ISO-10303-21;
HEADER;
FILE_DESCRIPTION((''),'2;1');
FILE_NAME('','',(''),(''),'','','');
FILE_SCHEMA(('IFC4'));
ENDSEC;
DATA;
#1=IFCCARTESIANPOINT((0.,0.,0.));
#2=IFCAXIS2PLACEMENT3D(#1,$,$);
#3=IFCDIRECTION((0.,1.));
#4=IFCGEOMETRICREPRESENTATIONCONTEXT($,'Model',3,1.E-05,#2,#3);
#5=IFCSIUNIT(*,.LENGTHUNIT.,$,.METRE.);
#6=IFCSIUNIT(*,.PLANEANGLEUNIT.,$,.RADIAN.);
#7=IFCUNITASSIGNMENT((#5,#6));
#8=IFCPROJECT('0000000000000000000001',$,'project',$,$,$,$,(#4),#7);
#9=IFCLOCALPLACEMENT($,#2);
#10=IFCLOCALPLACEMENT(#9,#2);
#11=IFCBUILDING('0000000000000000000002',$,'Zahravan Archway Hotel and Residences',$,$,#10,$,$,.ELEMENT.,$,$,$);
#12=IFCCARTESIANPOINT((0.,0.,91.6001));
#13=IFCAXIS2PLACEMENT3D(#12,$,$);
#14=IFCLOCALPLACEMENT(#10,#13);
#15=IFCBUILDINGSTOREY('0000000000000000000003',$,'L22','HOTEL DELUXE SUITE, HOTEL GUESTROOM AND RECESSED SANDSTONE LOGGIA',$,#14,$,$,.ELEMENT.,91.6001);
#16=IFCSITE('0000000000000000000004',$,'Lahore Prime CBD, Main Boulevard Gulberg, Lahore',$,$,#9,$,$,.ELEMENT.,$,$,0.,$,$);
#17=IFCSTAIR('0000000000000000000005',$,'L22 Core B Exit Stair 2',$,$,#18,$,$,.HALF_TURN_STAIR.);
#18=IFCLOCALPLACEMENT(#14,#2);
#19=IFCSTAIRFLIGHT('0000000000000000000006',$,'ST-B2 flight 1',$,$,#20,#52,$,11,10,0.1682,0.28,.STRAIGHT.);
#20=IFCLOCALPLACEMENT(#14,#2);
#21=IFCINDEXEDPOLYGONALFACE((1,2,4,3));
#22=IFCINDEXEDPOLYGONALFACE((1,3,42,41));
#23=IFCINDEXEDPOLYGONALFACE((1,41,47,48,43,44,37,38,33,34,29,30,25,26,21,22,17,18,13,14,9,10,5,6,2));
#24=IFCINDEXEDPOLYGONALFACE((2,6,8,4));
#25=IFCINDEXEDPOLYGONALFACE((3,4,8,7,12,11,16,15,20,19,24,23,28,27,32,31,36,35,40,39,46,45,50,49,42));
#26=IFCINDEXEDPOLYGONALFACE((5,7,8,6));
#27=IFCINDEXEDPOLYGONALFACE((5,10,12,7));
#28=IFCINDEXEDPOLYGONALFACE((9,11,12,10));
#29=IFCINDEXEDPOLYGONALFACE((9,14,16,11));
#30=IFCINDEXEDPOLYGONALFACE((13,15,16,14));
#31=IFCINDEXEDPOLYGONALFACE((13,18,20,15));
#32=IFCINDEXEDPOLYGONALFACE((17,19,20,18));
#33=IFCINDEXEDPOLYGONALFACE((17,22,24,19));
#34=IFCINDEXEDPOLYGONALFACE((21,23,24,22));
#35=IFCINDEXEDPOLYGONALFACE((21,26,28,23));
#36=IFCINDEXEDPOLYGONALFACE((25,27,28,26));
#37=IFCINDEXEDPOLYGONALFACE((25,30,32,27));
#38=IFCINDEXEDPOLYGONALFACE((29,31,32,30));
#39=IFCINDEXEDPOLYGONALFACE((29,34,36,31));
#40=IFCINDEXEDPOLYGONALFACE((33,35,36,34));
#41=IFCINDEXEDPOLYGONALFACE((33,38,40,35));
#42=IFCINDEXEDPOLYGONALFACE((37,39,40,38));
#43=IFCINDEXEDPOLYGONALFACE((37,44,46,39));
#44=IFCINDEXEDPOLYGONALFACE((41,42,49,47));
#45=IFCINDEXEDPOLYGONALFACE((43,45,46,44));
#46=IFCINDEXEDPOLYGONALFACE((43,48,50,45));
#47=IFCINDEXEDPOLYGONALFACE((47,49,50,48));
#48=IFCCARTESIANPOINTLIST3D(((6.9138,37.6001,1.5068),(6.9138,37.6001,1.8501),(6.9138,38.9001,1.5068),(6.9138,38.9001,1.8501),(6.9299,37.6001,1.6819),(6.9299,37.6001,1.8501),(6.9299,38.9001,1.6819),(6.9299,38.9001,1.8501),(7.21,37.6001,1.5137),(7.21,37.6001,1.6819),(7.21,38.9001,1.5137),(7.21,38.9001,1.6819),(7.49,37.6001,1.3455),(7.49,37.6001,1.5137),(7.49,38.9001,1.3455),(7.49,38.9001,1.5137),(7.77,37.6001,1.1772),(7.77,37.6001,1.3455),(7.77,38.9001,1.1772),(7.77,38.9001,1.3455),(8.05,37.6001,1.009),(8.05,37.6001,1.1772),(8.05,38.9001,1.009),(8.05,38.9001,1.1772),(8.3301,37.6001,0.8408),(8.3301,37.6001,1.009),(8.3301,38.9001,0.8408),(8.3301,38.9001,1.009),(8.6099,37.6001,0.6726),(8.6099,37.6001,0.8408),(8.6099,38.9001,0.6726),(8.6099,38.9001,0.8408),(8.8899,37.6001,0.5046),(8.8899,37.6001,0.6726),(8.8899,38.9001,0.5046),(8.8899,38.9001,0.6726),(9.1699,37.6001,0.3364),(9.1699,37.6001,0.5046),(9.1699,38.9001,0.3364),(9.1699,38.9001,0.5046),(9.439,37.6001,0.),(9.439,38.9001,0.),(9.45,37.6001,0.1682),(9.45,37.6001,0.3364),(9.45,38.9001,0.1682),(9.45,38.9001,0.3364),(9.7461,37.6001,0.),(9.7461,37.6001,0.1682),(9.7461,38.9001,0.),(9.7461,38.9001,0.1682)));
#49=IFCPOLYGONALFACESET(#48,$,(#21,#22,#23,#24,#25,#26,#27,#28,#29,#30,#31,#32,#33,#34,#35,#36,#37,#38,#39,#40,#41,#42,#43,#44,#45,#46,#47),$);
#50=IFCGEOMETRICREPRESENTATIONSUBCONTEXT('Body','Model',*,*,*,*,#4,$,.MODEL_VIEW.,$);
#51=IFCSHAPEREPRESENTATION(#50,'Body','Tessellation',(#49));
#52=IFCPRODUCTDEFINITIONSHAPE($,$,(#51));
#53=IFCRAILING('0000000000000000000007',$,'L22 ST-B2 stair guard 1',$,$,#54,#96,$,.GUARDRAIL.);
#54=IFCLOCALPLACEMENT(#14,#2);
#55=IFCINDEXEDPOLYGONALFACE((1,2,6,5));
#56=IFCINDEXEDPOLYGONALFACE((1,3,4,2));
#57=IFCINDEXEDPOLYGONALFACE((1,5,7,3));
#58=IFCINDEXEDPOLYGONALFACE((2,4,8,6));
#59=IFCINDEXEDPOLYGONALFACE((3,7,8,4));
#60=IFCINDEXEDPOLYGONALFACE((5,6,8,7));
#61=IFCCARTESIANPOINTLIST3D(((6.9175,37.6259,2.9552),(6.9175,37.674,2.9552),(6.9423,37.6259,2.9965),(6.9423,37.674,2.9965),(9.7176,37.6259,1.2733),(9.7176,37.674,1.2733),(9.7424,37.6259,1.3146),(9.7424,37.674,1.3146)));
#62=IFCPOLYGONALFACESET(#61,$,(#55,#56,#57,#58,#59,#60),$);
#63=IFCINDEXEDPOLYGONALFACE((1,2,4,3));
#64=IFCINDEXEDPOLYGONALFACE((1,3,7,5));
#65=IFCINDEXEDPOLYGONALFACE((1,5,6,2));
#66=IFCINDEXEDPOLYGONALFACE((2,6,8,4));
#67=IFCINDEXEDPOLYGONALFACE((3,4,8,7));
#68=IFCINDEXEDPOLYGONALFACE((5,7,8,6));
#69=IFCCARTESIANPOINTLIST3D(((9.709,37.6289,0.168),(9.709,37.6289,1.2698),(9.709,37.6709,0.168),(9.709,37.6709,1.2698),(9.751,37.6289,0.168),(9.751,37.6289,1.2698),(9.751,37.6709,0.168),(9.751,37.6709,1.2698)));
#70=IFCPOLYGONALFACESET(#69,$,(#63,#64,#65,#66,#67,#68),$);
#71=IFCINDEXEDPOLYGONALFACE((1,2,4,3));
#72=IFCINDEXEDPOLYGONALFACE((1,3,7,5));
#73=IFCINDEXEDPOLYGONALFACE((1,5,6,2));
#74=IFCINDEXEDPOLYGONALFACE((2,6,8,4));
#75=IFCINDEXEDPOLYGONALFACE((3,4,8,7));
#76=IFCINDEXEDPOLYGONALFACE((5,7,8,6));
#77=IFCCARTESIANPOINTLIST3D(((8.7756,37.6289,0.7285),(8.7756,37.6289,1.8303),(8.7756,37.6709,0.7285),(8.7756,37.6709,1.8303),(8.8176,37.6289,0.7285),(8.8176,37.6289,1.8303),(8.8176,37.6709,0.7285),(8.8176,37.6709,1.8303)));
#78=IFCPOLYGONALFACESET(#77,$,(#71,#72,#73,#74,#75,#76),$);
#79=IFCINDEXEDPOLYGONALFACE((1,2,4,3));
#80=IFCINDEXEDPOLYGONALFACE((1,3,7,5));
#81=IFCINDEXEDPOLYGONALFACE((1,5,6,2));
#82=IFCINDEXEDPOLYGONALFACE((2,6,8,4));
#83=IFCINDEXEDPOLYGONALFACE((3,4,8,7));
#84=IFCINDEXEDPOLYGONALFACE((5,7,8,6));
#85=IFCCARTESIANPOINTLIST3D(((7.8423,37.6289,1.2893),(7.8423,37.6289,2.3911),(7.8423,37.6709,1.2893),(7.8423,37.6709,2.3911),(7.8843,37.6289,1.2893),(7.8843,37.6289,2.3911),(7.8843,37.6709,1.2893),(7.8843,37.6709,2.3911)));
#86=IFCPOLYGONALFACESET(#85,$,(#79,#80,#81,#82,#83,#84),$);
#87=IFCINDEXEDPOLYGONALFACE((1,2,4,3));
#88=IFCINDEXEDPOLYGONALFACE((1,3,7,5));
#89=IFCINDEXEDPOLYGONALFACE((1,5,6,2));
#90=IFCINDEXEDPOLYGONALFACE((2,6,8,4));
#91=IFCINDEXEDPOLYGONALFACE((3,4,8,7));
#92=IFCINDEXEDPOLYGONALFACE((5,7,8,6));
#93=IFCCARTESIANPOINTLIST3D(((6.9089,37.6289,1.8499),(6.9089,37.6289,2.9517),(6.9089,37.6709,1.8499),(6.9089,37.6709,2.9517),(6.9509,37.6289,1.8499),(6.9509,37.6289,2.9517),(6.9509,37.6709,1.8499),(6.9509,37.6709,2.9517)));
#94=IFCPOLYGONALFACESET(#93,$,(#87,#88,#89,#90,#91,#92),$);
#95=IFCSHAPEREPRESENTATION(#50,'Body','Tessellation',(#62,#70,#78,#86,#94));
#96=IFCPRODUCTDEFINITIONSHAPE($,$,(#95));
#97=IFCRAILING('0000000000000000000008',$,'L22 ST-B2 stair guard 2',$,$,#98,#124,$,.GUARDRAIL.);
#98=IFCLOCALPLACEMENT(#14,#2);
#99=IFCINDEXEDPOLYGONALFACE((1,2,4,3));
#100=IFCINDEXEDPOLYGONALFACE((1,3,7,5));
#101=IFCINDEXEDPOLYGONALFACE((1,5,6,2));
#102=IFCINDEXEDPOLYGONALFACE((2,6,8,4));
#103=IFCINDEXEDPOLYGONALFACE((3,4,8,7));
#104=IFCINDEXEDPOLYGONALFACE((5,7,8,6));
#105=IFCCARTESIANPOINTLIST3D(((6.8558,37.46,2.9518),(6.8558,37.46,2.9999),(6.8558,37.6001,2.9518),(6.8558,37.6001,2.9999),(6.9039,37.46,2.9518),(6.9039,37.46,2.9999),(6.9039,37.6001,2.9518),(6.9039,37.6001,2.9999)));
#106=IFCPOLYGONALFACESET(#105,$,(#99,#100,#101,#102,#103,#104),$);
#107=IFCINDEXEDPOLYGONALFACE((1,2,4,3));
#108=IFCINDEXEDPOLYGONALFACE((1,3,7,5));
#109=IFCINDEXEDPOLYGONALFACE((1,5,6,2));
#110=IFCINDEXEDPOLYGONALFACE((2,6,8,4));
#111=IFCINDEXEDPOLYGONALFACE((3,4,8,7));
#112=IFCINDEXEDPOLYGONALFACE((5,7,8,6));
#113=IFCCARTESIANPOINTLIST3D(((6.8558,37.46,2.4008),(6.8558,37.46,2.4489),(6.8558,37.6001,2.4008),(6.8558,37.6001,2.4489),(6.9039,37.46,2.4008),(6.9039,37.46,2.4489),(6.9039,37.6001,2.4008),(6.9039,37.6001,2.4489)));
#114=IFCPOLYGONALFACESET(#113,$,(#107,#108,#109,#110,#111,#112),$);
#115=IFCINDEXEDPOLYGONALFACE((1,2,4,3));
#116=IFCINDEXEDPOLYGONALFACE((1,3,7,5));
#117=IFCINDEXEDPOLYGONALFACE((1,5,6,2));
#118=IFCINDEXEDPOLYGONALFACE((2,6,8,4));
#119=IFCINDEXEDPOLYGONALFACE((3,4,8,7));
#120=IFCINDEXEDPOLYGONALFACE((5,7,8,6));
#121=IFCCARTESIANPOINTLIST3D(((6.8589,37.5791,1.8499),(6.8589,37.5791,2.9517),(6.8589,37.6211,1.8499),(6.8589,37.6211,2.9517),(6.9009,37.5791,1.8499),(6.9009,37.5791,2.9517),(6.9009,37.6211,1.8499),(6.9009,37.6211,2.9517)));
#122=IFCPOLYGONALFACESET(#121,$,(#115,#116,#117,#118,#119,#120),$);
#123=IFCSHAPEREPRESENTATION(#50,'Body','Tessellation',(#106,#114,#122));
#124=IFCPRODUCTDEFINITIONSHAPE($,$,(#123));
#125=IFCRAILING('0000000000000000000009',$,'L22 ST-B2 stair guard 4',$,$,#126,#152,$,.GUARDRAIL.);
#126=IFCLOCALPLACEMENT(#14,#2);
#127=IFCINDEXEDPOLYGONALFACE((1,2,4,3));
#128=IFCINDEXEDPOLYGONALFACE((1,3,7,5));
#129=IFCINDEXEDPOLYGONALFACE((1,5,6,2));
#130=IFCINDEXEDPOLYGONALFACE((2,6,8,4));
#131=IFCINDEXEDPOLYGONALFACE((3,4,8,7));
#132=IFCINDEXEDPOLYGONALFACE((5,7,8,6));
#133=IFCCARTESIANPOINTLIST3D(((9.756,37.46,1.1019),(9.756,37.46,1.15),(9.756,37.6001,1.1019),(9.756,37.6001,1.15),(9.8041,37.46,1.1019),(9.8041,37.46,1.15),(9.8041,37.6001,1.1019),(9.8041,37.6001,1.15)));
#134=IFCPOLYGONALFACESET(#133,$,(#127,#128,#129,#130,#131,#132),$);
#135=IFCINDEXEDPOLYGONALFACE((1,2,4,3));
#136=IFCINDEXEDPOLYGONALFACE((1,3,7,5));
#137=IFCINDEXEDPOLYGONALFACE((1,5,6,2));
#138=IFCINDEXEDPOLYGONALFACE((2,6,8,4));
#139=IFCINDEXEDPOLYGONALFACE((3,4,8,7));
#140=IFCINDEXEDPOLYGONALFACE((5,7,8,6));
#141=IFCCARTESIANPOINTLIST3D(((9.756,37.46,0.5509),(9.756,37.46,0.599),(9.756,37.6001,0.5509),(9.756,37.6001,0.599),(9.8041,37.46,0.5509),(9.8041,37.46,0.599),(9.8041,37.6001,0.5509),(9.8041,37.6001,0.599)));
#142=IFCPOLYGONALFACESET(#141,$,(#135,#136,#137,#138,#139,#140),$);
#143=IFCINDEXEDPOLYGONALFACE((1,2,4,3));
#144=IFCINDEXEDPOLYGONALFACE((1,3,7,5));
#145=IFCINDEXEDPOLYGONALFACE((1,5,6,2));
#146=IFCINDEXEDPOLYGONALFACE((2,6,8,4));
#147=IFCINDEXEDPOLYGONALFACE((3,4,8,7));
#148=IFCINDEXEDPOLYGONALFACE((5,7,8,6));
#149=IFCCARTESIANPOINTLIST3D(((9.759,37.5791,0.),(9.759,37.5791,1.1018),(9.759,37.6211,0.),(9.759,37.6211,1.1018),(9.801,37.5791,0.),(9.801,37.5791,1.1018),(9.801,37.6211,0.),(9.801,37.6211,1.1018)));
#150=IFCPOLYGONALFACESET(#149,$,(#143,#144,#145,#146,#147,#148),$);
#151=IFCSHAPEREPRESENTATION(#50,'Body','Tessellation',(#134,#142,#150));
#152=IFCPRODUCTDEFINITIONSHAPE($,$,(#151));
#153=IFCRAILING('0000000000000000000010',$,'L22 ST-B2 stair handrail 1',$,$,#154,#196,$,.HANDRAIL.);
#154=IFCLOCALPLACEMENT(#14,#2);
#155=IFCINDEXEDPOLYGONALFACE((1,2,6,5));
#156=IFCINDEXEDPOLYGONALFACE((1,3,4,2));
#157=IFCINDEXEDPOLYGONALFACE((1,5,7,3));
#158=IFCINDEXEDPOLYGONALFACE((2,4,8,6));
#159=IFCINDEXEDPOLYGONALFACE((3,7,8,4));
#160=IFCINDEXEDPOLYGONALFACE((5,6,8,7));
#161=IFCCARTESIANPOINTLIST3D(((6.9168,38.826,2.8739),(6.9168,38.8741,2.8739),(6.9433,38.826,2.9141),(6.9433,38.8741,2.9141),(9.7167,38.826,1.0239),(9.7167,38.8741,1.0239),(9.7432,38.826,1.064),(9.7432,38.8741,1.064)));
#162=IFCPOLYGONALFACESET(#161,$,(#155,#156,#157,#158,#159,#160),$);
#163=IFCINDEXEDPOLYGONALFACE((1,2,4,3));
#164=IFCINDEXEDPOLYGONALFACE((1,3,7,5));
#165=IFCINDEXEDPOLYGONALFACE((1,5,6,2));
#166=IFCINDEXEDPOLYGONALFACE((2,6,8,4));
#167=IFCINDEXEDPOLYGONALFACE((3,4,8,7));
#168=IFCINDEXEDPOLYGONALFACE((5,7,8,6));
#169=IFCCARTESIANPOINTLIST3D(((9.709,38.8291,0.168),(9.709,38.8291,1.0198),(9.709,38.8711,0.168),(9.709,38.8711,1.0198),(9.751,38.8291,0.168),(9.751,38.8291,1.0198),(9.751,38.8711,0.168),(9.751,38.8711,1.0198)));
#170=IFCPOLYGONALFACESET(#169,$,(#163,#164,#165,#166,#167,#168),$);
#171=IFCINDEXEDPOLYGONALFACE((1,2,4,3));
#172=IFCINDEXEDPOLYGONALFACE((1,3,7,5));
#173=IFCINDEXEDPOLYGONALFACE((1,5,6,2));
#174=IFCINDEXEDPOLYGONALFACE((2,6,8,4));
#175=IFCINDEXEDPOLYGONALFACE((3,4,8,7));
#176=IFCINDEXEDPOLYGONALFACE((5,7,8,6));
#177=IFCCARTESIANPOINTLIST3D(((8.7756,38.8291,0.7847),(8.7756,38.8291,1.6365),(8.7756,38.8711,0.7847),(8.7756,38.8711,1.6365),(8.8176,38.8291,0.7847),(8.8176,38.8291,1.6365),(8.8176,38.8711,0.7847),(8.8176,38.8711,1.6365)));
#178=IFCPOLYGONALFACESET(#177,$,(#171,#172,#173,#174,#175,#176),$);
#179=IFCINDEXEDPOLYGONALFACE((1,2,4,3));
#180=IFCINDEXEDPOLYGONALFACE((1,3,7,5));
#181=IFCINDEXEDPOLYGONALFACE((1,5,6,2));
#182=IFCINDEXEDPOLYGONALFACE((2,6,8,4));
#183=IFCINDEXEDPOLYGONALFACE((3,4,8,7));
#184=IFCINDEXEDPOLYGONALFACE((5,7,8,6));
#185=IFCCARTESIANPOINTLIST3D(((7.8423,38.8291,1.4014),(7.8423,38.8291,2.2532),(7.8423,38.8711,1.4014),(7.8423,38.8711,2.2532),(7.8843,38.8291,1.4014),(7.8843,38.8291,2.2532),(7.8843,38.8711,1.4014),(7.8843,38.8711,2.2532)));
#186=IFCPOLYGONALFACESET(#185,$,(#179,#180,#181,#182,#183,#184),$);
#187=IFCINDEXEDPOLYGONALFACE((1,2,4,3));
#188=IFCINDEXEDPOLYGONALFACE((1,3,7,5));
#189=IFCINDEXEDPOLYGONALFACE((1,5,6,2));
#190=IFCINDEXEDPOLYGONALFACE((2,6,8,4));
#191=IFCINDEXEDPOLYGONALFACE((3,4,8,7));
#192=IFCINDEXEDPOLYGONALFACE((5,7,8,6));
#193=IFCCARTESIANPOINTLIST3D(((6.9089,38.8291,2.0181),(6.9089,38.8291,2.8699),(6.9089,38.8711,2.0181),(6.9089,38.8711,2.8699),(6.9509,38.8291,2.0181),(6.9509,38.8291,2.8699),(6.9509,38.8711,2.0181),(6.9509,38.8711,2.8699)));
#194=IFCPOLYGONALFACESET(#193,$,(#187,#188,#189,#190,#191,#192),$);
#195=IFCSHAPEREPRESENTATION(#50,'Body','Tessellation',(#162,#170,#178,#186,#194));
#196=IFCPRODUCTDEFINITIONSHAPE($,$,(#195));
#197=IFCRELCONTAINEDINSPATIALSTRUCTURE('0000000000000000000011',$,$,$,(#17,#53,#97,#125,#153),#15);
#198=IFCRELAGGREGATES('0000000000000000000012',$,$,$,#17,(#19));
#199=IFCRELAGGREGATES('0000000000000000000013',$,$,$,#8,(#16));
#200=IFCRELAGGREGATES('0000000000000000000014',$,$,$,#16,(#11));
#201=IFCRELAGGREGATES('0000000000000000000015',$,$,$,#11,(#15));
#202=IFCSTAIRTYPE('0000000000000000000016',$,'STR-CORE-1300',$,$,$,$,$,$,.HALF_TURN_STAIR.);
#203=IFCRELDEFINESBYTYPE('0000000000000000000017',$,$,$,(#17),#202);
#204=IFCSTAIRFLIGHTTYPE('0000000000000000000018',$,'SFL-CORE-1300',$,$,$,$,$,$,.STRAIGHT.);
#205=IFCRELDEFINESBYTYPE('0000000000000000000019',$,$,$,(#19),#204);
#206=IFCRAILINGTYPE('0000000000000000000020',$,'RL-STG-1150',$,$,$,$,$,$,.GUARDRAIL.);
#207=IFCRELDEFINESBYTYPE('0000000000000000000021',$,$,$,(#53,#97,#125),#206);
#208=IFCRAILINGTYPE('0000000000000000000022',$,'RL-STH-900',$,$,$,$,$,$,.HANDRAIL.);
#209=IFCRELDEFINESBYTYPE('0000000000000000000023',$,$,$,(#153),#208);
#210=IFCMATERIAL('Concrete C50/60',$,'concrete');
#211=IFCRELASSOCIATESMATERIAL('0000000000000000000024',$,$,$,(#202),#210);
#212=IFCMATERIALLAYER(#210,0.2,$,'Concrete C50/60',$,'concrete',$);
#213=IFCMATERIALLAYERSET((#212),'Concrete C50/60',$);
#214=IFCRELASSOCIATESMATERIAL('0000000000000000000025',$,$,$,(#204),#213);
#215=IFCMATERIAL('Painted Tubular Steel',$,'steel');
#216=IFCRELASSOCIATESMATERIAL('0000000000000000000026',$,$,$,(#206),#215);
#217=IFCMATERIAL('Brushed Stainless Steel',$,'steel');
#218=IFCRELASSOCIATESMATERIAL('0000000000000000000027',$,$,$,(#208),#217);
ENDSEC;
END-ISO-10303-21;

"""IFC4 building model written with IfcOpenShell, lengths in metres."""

from ifc_helpers import new_model, si_unit, direction, frame, origin, origin_2d, place, context, subcontext, project, spatial, polyline, rectangle, outline, extrude, source, transform, mapped, material, layer, layer_set, type_object, element, aggregate, save


model = new_model("IFC4")

# Units and contexts
model_context = context("Model", 3, precision=1e-05, world=origin(), true_north=direction((0.0, 1.0)))
body_context = subcontext(model_context, "Body", "Model", "MODEL_VIEW")
ifc_project = project(units=[si_unit("LENGTHUNIT", "METRE"), si_unit("PLANEANGLEUNIT", "RADIAN")], contexts=[model_context])

# Site, building, storey
site_placement = place(None, origin())
site = spatial("IfcSite", under=ifc_project, at=site_placement, Name="Lahore Prime CBD, Main Boulevard Gulberg, Lahore", CompositionType="ELEMENT", RefElevation=0.0)
building_placement = place(site_placement, origin())
building = spatial("IfcBuilding", under=site, at=building_placement, Name="Zahravan Archway Hotel and Residences", CompositionType="ELEMENT")
storey_placement = place(building_placement, frame((0.0, 0.0, 91.6001)))
storey = spatial("IfcBuildingStorey", under=building, at=storey_placement, Name="L22", Description="HOTEL DELUXE SUITE, HOTEL GUESTROOM AND RECESSED SANDSTONE LOGGIA", CompositionType="ELEMENT", Elevation=91.6001)

# Shared definitions
ifc_material_1 = material(Name="Concrete C50/60", Category="concrete")

# Stair, stair flight
stair_type = type_object("IfcStairType", Name="STR-CORE-1300", PredefinedType="HALF_TURN_STAIR", material=ifc_material_1)
stair_placement = place(storey_placement, origin())
stair = element("IfcStair", 1, at=stair_placement, inside=storey, type_object=stair_type, Name="L22 Core B Exit Stair 2", PredefinedType="HALF_TURN_STAIR")
ifc_layer_1 = layer(ifc_material_1, 0.2, Name="Concrete C50/60", Category="concrete")
ifc_layer_set_1 = layer_set([ifc_layer_1], Name="Concrete C50/60")
stair_flight_type = type_object("IfcStairFlightType", Name="SFL-CORE-1300", PredefinedType="STRAIGHT", material=ifc_layer_set_1)
shared_shape_1 = source(origin(), body_context, "Body", "SweptSolid", [
    extrude(outline(polyline([(-0.0161, 0.0), (-0.0161, 0.1682), (0.28, 0.1682), (0.28, 0.3364), (0.5601, 0.3364), (0.5601, 0.5046), (0.8401, 0.5046), (0.8401, 0.6726), (1.1201, 0.6726), (1.1201, 0.8408), (1.3999, 0.8408), (1.3999, 1.009), (1.6799, 1.009), (1.6799, 1.1772), (1.96, 1.1772), (1.96, 1.3455), (2.24, 1.3455), (2.24, 1.5137), (2.52, 1.5137), (2.52, 1.6819), (2.8, 1.6819), (2.8, 1.8501), (2.8162, 1.8501), (2.8162, 1.5068), (0.291, 0.0), (-0.0161, 0.0)])), frame((0.0, 0.6499, 0.0), z_axis=(0.0, -1.0, 0.0), x_axis=(1.0, 0.0, 0.0)), (0.0, 0.0, 1.0), 1.3),
])
stair_flight_placement = place(storey_placement, frame((9.73, 38.25, 0.0), z_axis=(0.0, 0.0, 1.0), x_axis=(-1.0, 0.0, 0.0)))
stair_flight = element("IfcStairFlight", 2, at=stair_flight_placement, type_object=stair_flight_type, Name="ST-B2 flight 1", NumberOfRisers=11, NumberOfTreads=10, PredefinedType="STRAIGHT", RiserHeight=0.1682, TreadLength=0.28, context=body_context, shape_type="MappedRepresentation", body=[
    mapped(shared_shape_1, transform((0.0, 0.0, 0.0), scale=1.0)),
])
aggregate(stair, [stair_flight])

# Railings
ifc_material_2 = material(Name="Painted Tubular Steel", Category="steel")
railing_type_1 = type_object("IfcRailingType", Name="RL-STG-1150", PredefinedType="GUARDRAIL", material=ifc_material_2)
railing_1_placement = place(storey_placement, frame((9.73, 37.6499, 0.168)))
element("IfcRailing", 3, at=railing_1_placement, inside=storey, type_object=railing_type_1, Name="L22 ST-B2 stair guard 1", PredefinedType="GUARDRAIL", context=body_context, shape_type="SweptSolid", body=[
    extrude(rectangle(XDim=0.0481, YDim=0.0481, at=origin_2d()), frame((0.0, 0.0, 1.126), z_axis=(-0.857242, 0.0, 0.514913), x_axis=(0.0, -1.0, 0.0)), (0.0, 0.0, 1.0), 3.2664),
    extrude(rectangle(XDim=0.042, YDim=0.042, at=origin_2d()), origin(), (0.0, 0.0, 1.0), 1.1018),
    extrude(rectangle(XDim=0.042, YDim=0.042, at=origin_2d()), frame((-0.9333, 0.0, 0.5605)), (0.0, 0.0, 1.0), 1.1018),
    extrude(rectangle(XDim=0.042, YDim=0.042, at=origin_2d()), frame((-1.8667, 0.0, 1.1213)), (0.0, 0.0, 1.0), 1.1018),
    extrude(rectangle(XDim=0.042, YDim=0.042, at=origin_2d()), frame((-2.8, 0.0, 1.6819)), (0.0, 0.0, 1.0), 1.1018),
])
for number, where, name in (
    (4, (6.8799, 37.6001, 1.8499), "L22 ST-B2 stair guard 2"),
    (5, (9.78, 37.6001, 0.0), "L22 ST-B2 stair guard 4"),
):
    element("IfcRailing", number, at=place(storey_placement, frame(where)), inside=storey, type_object=railing_type_1, Name=name, PredefinedType="GUARDRAIL", context=body_context, shape_type="SweptSolid", body=[
        extrude(rectangle(XDim=0.0481, YDim=0.0481, at=origin_2d()), frame((0.0, 0.0, 1.126), z_axis=(0.0, -1.0, 0.0), x_axis=(1.0, 0.0, 0.0)), (0.0, 0.0, 1.0), 0.1401),
        extrude(rectangle(XDim=0.0481, YDim=0.0481, at=origin_2d()), frame((0.0, 0.0, 0.575), z_axis=(0.0, -1.0, 0.0), x_axis=(1.0, 0.0, 0.0)), (0.0, 0.0, 1.0), 0.1401),
        extrude(rectangle(XDim=0.042, YDim=0.042, at=origin_2d()), origin(), (0.0, 0.0, 1.0), 1.1018),
    ])
ifc_material_3 = material(Name="Brushed Stainless Steel", Category="steel")
railing_type_2 = type_object("IfcRailingType", Name="RL-STH-900", PredefinedType="HANDRAIL", material=ifc_material_3)
railing_2_placement = place(storey_placement, frame((9.73, 38.8501, 0.168)))
element("IfcRailing", 6, at=railing_2_placement, inside=storey, type_object=railing_type_2, Name="L22 ST-B2 stair handrail 1", PredefinedType="HANDRAIL", context=body_context, shape_type="SweptSolid", body=[
    extrude(rectangle(XDim=0.0481, YDim=0.0481, at=origin_2d()), frame((0.0, 0.0, 0.876), z_axis=(-0.834326, 0.0, 0.551271), x_axis=(0.0, -1.0, 0.0)), (0.0, 0.0, 1.0), 3.356),
    extrude(rectangle(XDim=0.042, YDim=0.042, at=origin_2d()), origin(), (0.0, 0.0, 1.0), 0.8518),
    extrude(rectangle(XDim=0.042, YDim=0.042, at=origin_2d()), frame((-0.9333, 0.0, 0.6167)), (0.0, 0.0, 1.0), 0.8518),
    extrude(rectangle(XDim=0.042, YDim=0.042, at=origin_2d()), frame((-1.8667, 0.0, 1.2334)), (0.0, 0.0, 1.0), 0.8518),
    extrude(rectangle(XDim=0.042, YDim=0.042, at=origin_2d()), frame((-2.8, 0.0, 1.8501)), (0.0, 0.0, 1.0), 0.8518),
])

save(model, "model.ifc")
